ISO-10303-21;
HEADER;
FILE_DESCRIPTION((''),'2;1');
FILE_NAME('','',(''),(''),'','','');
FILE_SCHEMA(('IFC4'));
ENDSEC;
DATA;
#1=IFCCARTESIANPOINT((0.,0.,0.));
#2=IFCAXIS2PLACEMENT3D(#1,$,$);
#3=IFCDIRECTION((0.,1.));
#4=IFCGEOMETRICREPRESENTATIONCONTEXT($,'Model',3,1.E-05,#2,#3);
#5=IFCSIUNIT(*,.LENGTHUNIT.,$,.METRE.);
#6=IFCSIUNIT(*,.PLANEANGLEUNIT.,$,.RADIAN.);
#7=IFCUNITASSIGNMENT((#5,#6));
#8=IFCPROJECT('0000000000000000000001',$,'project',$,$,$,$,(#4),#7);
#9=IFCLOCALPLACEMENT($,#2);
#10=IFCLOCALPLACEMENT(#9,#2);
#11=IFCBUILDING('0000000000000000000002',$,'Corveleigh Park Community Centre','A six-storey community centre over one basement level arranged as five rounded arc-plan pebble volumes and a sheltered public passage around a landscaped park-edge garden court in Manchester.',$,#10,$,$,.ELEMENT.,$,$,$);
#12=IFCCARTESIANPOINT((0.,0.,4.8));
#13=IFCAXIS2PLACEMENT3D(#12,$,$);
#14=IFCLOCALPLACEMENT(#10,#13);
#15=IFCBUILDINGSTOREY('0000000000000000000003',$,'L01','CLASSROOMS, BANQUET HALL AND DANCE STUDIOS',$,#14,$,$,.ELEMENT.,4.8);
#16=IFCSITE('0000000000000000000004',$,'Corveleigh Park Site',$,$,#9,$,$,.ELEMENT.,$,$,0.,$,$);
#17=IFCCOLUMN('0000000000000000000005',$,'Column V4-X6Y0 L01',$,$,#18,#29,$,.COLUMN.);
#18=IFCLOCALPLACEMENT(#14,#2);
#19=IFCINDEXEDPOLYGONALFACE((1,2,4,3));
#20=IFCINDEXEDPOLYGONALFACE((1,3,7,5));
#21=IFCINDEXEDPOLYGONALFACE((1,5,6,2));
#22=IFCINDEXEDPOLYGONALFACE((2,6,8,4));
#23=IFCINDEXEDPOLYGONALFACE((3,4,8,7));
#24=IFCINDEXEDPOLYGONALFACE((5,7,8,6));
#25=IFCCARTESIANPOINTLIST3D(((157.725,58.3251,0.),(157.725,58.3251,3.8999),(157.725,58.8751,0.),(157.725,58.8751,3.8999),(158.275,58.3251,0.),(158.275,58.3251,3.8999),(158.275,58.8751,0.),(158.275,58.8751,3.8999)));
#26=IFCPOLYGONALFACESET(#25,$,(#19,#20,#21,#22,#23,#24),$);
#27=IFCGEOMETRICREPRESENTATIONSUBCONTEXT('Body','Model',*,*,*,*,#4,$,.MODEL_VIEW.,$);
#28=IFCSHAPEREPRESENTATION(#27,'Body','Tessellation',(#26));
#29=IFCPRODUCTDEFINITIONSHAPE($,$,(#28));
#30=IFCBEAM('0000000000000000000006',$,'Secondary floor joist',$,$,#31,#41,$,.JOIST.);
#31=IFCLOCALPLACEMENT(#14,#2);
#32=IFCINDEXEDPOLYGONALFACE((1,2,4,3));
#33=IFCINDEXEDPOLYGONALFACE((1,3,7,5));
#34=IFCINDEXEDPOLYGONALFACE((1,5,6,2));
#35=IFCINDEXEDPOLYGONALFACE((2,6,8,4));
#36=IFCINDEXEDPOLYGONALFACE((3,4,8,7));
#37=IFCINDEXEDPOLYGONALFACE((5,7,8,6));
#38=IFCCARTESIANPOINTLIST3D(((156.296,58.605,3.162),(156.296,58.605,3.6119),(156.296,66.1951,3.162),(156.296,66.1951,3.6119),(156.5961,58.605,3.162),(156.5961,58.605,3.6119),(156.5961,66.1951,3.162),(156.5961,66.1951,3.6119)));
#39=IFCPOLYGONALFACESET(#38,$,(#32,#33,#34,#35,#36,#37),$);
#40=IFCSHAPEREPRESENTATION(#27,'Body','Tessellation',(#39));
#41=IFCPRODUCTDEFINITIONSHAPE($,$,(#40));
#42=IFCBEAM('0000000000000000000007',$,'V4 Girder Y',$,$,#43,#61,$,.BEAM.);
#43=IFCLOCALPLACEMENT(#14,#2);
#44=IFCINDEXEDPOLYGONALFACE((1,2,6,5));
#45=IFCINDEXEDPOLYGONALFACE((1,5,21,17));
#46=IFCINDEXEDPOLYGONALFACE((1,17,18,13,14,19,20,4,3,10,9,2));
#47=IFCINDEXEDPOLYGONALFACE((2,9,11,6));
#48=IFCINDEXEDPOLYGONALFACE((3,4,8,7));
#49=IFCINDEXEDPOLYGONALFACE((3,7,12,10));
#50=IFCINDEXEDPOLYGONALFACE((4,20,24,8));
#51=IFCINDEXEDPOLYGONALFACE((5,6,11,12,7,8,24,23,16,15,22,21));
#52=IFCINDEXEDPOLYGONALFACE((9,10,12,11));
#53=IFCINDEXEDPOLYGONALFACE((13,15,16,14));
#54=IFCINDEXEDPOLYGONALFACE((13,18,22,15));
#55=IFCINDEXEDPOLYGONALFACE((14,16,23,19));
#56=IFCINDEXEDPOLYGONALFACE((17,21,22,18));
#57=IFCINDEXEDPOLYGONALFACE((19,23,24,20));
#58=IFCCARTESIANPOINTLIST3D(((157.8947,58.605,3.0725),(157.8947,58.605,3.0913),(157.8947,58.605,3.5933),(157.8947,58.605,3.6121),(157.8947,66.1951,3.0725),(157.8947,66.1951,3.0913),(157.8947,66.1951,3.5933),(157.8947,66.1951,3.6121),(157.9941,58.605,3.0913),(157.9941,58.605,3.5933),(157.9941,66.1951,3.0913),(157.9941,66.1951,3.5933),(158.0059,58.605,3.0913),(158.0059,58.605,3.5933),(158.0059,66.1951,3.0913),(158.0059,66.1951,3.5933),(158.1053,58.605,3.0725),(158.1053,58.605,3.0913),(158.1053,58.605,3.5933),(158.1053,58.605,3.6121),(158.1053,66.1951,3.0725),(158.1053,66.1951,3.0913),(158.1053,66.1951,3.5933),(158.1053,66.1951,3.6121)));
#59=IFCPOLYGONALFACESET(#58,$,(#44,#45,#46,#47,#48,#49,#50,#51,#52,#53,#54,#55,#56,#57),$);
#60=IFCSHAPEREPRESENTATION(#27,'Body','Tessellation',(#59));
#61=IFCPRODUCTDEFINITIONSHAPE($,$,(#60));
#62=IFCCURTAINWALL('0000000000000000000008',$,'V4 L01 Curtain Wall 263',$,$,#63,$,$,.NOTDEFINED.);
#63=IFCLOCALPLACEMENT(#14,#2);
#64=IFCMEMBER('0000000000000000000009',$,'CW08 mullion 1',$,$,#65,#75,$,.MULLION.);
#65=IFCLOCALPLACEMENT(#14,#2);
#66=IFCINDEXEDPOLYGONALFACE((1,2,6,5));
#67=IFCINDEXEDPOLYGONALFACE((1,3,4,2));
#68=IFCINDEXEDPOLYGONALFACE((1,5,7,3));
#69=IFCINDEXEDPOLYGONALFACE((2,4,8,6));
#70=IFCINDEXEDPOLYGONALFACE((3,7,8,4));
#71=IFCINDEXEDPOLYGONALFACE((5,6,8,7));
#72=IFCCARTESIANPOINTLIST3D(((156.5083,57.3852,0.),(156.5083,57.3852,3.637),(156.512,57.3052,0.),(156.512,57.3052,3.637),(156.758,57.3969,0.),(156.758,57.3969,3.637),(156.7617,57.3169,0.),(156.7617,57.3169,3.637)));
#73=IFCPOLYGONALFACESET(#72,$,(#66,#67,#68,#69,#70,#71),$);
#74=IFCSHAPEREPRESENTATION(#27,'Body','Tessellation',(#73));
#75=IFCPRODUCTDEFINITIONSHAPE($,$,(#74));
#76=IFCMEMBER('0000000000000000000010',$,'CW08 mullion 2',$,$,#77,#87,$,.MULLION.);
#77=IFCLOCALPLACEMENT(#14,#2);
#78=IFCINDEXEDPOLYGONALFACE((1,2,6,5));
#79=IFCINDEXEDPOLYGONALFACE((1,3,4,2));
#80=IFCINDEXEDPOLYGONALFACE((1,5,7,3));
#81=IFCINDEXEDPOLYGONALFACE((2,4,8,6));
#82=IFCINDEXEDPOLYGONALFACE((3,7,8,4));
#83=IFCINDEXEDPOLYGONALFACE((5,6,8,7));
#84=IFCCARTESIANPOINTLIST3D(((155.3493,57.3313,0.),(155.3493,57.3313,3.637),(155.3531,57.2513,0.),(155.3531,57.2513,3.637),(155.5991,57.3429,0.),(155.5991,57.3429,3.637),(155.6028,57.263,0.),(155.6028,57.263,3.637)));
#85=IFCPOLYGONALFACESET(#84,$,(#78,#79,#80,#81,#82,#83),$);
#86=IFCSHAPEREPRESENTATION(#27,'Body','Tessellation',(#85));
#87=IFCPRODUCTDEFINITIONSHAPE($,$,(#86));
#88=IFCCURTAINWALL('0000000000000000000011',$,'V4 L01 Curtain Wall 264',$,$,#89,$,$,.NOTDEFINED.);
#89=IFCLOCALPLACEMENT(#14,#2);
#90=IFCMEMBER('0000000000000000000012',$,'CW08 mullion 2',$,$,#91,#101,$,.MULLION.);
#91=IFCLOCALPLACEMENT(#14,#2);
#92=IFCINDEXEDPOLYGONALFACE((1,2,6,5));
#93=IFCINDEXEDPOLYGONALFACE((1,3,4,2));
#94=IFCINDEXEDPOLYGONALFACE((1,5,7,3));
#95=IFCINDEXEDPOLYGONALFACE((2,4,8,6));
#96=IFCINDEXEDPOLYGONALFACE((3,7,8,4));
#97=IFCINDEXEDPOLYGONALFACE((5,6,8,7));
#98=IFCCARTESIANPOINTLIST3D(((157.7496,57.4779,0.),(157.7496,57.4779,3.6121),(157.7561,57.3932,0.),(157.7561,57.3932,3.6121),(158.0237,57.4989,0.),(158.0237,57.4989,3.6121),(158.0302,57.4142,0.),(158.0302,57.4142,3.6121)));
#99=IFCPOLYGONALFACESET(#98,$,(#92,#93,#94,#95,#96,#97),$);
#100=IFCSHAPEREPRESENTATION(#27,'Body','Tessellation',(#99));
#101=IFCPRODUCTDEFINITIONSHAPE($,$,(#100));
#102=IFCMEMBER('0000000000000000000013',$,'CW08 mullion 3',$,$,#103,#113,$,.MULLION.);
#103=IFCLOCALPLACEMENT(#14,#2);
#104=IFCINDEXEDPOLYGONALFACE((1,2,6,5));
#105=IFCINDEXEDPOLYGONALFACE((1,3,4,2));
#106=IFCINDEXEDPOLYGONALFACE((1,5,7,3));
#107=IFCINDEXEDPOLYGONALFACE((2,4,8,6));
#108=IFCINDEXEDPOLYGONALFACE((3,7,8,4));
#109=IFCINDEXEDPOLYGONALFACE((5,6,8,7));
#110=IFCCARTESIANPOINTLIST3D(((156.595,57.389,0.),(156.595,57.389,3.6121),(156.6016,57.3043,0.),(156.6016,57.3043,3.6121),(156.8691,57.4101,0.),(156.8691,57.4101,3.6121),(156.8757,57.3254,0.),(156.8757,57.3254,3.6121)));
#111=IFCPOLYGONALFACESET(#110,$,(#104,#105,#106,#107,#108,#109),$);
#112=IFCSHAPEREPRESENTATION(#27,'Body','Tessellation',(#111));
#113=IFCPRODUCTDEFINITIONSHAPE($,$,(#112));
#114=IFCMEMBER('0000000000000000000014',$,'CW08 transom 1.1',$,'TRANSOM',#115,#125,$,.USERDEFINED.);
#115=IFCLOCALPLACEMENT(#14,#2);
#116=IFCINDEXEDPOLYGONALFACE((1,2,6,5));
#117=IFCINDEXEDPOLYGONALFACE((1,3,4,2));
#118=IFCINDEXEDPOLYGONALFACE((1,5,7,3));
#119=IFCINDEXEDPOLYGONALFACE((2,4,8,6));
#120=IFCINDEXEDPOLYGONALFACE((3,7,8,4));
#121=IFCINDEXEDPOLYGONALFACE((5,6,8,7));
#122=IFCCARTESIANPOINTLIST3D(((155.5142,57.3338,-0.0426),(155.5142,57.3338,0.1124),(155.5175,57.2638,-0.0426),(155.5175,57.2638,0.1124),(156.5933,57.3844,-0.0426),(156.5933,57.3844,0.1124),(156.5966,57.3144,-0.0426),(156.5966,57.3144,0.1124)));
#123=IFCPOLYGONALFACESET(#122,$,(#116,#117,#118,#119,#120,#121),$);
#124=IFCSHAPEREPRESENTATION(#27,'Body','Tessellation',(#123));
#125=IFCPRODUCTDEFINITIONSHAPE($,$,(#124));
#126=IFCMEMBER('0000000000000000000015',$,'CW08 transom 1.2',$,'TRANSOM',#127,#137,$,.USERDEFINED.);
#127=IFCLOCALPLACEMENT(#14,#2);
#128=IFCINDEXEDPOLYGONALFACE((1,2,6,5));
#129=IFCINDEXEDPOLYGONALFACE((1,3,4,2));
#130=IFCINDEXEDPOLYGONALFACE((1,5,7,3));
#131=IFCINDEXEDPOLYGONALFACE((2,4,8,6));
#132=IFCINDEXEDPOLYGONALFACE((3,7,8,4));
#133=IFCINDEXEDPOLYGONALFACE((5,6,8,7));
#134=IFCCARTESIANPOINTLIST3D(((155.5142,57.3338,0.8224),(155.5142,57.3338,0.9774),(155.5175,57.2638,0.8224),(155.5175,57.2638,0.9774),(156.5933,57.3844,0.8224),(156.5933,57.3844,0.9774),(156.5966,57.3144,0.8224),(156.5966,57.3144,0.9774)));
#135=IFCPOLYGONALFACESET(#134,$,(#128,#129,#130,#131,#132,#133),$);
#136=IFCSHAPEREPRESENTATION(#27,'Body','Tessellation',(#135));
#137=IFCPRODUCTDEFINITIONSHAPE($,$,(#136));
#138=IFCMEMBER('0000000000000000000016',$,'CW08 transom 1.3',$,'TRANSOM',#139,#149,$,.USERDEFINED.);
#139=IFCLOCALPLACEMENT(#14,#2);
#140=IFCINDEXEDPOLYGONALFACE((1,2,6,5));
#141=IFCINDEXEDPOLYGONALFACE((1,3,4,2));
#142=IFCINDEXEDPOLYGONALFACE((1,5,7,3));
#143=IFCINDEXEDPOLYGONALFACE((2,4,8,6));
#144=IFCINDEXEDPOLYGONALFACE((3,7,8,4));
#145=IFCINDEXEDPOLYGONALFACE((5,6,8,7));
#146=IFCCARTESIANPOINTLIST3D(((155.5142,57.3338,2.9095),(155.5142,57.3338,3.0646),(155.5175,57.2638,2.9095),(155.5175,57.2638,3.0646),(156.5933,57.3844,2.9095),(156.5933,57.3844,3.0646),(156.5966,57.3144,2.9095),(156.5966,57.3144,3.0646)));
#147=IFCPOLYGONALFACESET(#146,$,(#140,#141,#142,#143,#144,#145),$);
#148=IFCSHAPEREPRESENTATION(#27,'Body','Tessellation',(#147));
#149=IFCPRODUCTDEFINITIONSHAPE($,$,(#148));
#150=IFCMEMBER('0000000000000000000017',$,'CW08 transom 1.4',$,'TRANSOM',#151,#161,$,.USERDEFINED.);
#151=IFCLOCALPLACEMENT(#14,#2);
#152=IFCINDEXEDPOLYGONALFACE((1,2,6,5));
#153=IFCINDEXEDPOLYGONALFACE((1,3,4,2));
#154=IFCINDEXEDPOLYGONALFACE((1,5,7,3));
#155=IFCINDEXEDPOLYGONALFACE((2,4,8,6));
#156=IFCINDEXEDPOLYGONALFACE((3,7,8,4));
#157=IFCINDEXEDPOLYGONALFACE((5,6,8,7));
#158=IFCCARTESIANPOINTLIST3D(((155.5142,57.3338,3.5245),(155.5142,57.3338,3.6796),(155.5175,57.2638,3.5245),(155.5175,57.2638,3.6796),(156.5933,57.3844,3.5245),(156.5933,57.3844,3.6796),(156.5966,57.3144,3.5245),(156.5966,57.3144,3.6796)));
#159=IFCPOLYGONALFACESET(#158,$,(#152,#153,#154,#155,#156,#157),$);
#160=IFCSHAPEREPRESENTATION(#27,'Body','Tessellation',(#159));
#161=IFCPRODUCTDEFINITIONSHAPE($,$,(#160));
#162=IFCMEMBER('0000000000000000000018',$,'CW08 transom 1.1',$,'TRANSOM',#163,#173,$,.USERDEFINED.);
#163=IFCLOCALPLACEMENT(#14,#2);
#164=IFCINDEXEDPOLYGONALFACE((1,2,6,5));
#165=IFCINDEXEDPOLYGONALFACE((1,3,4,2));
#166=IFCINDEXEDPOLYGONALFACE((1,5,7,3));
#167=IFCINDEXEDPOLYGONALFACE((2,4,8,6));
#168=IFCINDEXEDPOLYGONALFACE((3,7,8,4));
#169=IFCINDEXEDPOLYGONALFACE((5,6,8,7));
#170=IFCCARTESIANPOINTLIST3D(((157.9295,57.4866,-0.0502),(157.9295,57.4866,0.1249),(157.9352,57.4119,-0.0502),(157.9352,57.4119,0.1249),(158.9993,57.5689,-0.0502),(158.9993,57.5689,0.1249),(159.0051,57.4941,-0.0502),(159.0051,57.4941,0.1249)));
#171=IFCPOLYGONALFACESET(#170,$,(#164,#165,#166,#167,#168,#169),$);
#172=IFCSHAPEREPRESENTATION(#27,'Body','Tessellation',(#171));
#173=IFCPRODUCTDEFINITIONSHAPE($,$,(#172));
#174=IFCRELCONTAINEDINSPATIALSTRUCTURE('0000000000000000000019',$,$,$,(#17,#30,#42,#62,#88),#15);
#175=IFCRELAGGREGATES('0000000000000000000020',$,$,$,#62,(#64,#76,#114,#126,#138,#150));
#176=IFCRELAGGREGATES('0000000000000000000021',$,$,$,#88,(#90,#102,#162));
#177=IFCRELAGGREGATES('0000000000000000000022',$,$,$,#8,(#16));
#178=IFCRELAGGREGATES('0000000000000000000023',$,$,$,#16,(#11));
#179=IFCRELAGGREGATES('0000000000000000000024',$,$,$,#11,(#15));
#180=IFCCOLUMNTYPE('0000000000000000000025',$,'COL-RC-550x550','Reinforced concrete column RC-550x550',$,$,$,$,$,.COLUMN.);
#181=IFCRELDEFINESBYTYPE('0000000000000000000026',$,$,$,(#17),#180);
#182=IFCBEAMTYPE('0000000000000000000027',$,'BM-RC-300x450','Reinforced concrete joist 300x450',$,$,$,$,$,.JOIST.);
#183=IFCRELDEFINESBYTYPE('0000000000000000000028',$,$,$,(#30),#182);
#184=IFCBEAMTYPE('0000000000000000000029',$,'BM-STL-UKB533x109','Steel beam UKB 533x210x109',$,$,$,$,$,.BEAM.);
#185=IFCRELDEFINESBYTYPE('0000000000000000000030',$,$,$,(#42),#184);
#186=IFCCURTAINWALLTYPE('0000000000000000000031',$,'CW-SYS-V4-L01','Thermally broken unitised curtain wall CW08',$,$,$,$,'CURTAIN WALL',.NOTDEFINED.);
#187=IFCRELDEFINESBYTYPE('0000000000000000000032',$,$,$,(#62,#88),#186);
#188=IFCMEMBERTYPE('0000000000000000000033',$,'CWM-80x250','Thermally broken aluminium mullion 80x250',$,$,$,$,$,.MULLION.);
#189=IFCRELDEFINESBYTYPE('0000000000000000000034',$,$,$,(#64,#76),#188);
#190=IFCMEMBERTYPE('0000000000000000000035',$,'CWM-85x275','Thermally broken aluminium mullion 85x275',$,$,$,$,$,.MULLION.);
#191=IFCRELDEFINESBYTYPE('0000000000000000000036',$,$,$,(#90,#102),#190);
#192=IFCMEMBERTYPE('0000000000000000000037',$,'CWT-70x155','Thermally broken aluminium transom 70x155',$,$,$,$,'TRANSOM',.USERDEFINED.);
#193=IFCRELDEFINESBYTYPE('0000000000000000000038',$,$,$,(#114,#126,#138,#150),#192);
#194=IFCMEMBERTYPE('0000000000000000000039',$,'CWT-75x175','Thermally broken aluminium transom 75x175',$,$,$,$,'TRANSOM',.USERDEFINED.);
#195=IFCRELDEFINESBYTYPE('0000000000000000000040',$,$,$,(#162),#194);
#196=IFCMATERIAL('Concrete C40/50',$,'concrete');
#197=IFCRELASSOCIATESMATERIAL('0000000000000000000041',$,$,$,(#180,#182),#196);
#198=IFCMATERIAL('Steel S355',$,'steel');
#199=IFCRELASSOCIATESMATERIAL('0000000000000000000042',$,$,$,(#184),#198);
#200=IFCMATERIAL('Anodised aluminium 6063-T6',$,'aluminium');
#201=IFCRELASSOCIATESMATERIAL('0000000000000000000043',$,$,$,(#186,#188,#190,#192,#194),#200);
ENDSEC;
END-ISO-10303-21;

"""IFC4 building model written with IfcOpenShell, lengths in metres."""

from ifc_helpers import new_model, si_unit, direction, frame, origin, origin_2d, place, context, subcontext, project, spatial, rectangle, i_section, extrude, material, material_profile, profile_set, type_object, element, aggregate, save


model = new_model("IFC4")

# Units and contexts
model_context = context("Model", 3, precision=1e-05, world=origin(), true_north=direction((0.0, 1.0)))
body_context = subcontext(model_context, "Body", "Model", "MODEL_VIEW")
ifc_project = project(units=[si_unit("LENGTHUNIT", "METRE"), si_unit("PLANEANGLEUNIT", "RADIAN")], contexts=[model_context])

# Site, building, storey
site_placement = place(None, origin())
site = spatial("IfcSite", under=ifc_project, at=site_placement, Name="Corveleigh Park Site", CompositionType="ELEMENT", RefElevation=0.0)
building_placement = place(site_placement, origin())
building = spatial("IfcBuilding", under=site, at=building_placement, Name="Corveleigh Park Community Centre", Description="A six-storey community centre over one basement level arranged as five rounded arc-plan pebble volumes and a sheltered public passage around a landscaped park-edge garden court in Manchester.", CompositionType="ELEMENT")
storey_placement = place(building_placement, frame((0.0, 0.0, 4.8)))
storey = spatial("IfcBuildingStorey", under=building, at=storey_placement, Name="L01", Description="CLASSROOMS, BANQUET HALL AND DANCE STUDIOS", CompositionType="ELEMENT", Elevation=4.8)

# Column
ifc_material_1 = material(Name="Concrete C40/50", Category="concrete")
ifc_material_profile_1 = material_profile(ifc_material_1, rectangle(XDim=0.55, YDim=0.55, at=origin_2d()), Name="RC-550x550", Category="concrete")
ifc_profile_set_1 = profile_set([ifc_material_profile_1], Name="Concrete C40/50")
column_type = type_object("IfcColumnType", Name="COL-RC-550x550", Description="Reinforced concrete column RC-550x550", PredefinedType="COLUMN", material=ifc_profile_set_1)
column_placement = place(storey_placement, frame((158.0, 58.6001, 0.0), z_axis=(0.0, 0.0, 1.0), x_axis=(1.0, 0.0, 0.0)))
element("IfcColumn", 1, at=column_placement, inside=storey, type_object=column_type, Name="Column V4-X6Y0 L01", PredefinedType="COLUMN", context=body_context, shape_type="SweptSolid", body=[
    extrude(rectangle(XDim=0.55, YDim=0.55, at=origin_2d()), origin(), (0.0, 0.0, 1.0), 3.8999),
])

# Beams
ifc_material_profile_2 = material_profile(ifc_material_1, rectangle(XDim=0.3, YDim=0.45, at=origin_2d()), Name="RC-300x450", Category="concrete")
ifc_profile_set_2 = profile_set([ifc_material_profile_2], Name="Concrete C40/50")
beam_type_1 = type_object("IfcBeamType", Name="BM-RC-300x450", Description="Reinforced concrete joist 300x450", PredefinedType="JOIST", material=ifc_profile_set_2)
beam_1_placement = place(storey_placement, frame((156.446, 58.605, 3.387), z_axis=(0.0, 1.0, 0.0), x_axis=(-1.0, 0.0, 0.0)))
element("IfcBeam", 2, at=beam_1_placement, inside=storey, type_object=beam_type_1, Name="Secondary floor joist", PredefinedType="JOIST", context=body_context, shape_type="SweptSolid", body=[
    extrude(rectangle(XDim=0.3, YDim=0.45, at=origin_2d()), origin(), (0.0, 0.0, 1.0), 7.5901),
])
ifc_material_2 = material(Name="Steel S355", Category="steel")
ifc_material_profile_3 = material_profile(ifc_material_2, i_section(OverallWidth=0.2107, OverallDepth=0.5396, WebThickness=0.0117, FlangeThickness=0.0188, at=origin_2d()), Name="UKB 533x210x109", Category="steel")
ifc_profile_set_3 = profile_set([ifc_material_profile_3], Name="Steel S355")
beam_type_2 = type_object("IfcBeamType", Name="BM-STL-UKB533x109", Description="Steel beam UKB 533x210x109", PredefinedType="BEAM", material=ifc_profile_set_3)
beam_2_placement = place(storey_placement, frame((158.0, 58.605, 3.3423), z_axis=(0.0, 1.0, 0.0), x_axis=(-1.0, 0.0, 0.0)))
element("IfcBeam", 3, at=beam_2_placement, inside=storey, type_object=beam_type_2, Name="V4 Girder Y", PredefinedType="BEAM", context=body_context, shape_type="SweptSolid", body=[
    extrude(i_section(OverallWidth=0.2107, OverallDepth=0.5396, WebThickness=0.0117, FlangeThickness=0.0188, at=origin_2d()), origin(), (0.0, 0.0, 1.0), 7.5901),
])

# Curtain walls, members
ifc_material_3 = material(Name="Anodised aluminium 6063-T6", Category="aluminium")
curtain_wall_type = type_object("IfcCurtainWallType", Name="CW-SYS-V4-L01", Description="Thermally broken unitised curtain wall CW08", ElementType="CURTAIN WALL", PredefinedType="NOTDEFINED", material=ifc_material_3)
curtain_wall_1_placement = place(storey_placement, origin())
curtain_wall_1 = element("IfcCurtainWall", 4, at=curtain_wall_1_placement, inside=storey, type_object=curtain_wall_type, Name="V4 L01 Curtain Wall 263", PredefinedType="NOTDEFINED")
ifc_material_profile_4 = material_profile(ifc_material_3, rectangle(XDim=0.0801, YDim=0.25, at=origin_2d()), Name="ALU-M80x250", Category="aluminium")
ifc_profile_set_4 = profile_set([ifc_material_profile_4], Name="Anodised aluminium 6063-T6")
member_type_1 = type_object("IfcMemberType", Name="CWM-80x250", Description="Thermally broken aluminium mullion 80x250", PredefinedType="MULLION", material=ifc_profile_set_4)
member_1_placement = place(storey_placement, frame((156.635, 57.3511, 0.0), z_axis=(0.0, 0.0, 1.0), x_axis=(0.046655, -0.998911, 0.0)))
member_1 = element("IfcMember", 5, at=member_1_placement, type_object=member_type_1, Name="CW08 mullion 1", PredefinedType="MULLION", context=body_context, shape_type="SweptSolid", body=[
    extrude(rectangle(XDim=0.0801, YDim=0.25, at=origin_2d()), origin(), (0.0, 0.0, 1.0), 3.637),
])
member_2_placement = place(storey_placement, frame((155.4761, 57.2971, 0.0), z_axis=(0.0, 0.0, 1.0), x_axis=(0.046655, -0.998911, 0.0)))
member_2 = element("IfcMember", 6, at=member_2_placement, type_object=member_type_1, Name="CW08 mullion 2", PredefinedType="MULLION", context=body_context, shape_type="SweptSolid", body=[
    extrude(rectangle(XDim=0.0801, YDim=0.25, at=origin_2d()), origin(), (0.0, 0.0, 1.0), 3.637),
])
curtain_wall_2_placement = place(storey_placement, origin())
curtain_wall_2 = element("IfcCurtainWall", 7, at=curtain_wall_2_placement, inside=storey, type_object=curtain_wall_type, Name="V4 L01 Curtain Wall 264", PredefinedType="NOTDEFINED")
ifc_material_profile_5 = material_profile(ifc_material_3, rectangle(XDim=0.085, YDim=0.2749, at=origin_2d()), Name="ALU-M85x275", Category="aluminium")
ifc_profile_set_5 = profile_set([ifc_material_profile_5], Name="Anodised aluminium 6063-T6")
member_type_2 = type_object("IfcMemberType", Name="CWM-85x275", Description="Thermally broken aluminium mullion 85x275", PredefinedType="MULLION", material=ifc_profile_set_5)
member_3_placement = place(storey_placement, frame((157.8899, 57.446, 0.0), z_axis=(0.0, 0.0, 1.0), x_axis=(0.076633, -0.997059, 0.0)))
member_3 = element("IfcMember", 8, at=member_3_placement, type_object=member_type_2, Name="CW08 mullion 2", PredefinedType="MULLION", context=body_context, shape_type="SweptSolid", body=[
    extrude(rectangle(XDim=0.085, YDim=0.2749, at=origin_2d()), origin(), (0.0, 0.0, 1.0), 3.6121),
])
member_4_placement = place(storey_placement, frame((156.7354, 57.3572, 0.0), z_axis=(0.0, 0.0, 1.0), x_axis=(0.076633, -0.997059, 0.0)))
member_4 = element("IfcMember", 9, at=member_4_placement, type_object=member_type_2, Name="CW08 mullion 3", PredefinedType="MULLION", context=body_context, shape_type="SweptSolid", body=[
    extrude(rectangle(XDim=0.085, YDim=0.2749, at=origin_2d()), origin(), (0.0, 0.0, 1.0), 3.6121),
])

# Members
ifc_material_profile_6 = material_profile(ifc_material_3, rectangle(XDim=0.0701, YDim=0.155, at=origin_2d()), Name="ALU-T70x155", Category="aluminium")
ifc_profile_set_6 = profile_set([ifc_material_profile_6], Name="Anodised aluminium 6063-T6")
member_type_3 = type_object("IfcMemberType", Name="CWT-70x155", Description="Thermally broken aluminium transom 70x155", ElementType="TRANSOM", PredefinedType="USERDEFINED", material=ifc_profile_set_6)
member_5_placement = place(storey_placement, frame((156.595, 57.3494, 0.0349), z_axis=(-0.998905, -0.046781, 0.0), x_axis=(0.046781, -0.998905, 0.0)))
member_5 = element("IfcMember", 10, at=member_5_placement, type_object=member_type_3, Name="CW08 transom 1.1", ObjectType="TRANSOM", PredefinedType="USERDEFINED", context=body_context, shape_type="SweptSolid", body=[
    extrude(rectangle(XDim=0.0701, YDim=0.155, at=origin_2d()), origin(), (0.0, 0.0, 1.0), 1.0803),
])
member_6_placement = place(storey_placement, frame((156.595, 57.3494, 0.8999), z_axis=(-0.998905, -0.046781, 0.0), x_axis=(0.046781, -0.998905, 0.0)))
member_6 = element("IfcMember", 11, at=member_6_placement, type_object=member_type_3, Name="CW08 transom 1.2", ObjectType="TRANSOM", PredefinedType="USERDEFINED", context=body_context, shape_type="SweptSolid", body=[
    extrude(rectangle(XDim=0.0701, YDim=0.155, at=origin_2d()), origin(), (0.0, 0.0, 1.0), 1.0803),
])
member_7_placement = place(storey_placement, frame((156.595, 57.3494, 2.9871), z_axis=(-0.998905, -0.046781, 0.0), x_axis=(0.046781, -0.998905, 0.0)))
member_7 = element("IfcMember", 12, at=member_7_placement, type_object=member_type_3, Name="CW08 transom 1.3", ObjectType="TRANSOM", PredefinedType="USERDEFINED", context=body_context, shape_type="SweptSolid", body=[
    extrude(rectangle(XDim=0.0701, YDim=0.155, at=origin_2d()), origin(), (0.0, 0.0, 1.0), 1.0803),
])
member_8_placement = place(storey_placement, frame((156.595, 57.3494, 3.6021), z_axis=(-0.998905, -0.046781, 0.0), x_axis=(0.046781, -0.998905, 0.0)))
member_8 = element("IfcMember", 13, at=member_8_placement, type_object=member_type_3, Name="CW08 transom 1.4", ObjectType="TRANSOM", PredefinedType="USERDEFINED", context=body_context, shape_type="SweptSolid", body=[
    extrude(rectangle(XDim=0.0701, YDim=0.155, at=origin_2d()), origin(), (0.0, 0.0, 1.0), 1.0803),
])
ifc_material_profile_7 = material_profile(ifc_material_3, rectangle(XDim=0.075, YDim=0.175, at=origin_2d()), Name="ALU-T75x175", Category="aluminium")
ifc_profile_set_7 = profile_set([ifc_material_profile_7], Name="Anodised aluminium 6063-T6")
member_type_4 = type_object("IfcMemberType", Name="CWT-75x175", Description="Thermally broken aluminium transom 75x175", ElementType="TRANSOM", PredefinedType="USERDEFINED", material=ifc_profile_set_7)
member_9_placement = place(storey_placement, frame((159.0022, 57.5315, 0.0374), z_axis=(-0.997056, -0.076679, 0.0), x_axis=(0.076679, -0.997056, 0.0)))
member_9 = element("IfcMember", 14, at=member_9_placement, type_object=member_type_4, Name="CW08 transom 1.1", ObjectType="TRANSOM", PredefinedType="USERDEFINED", context=body_context, shape_type="SweptSolid", body=[
    extrude(rectangle(XDim=0.075, YDim=0.175, at=origin_2d()), origin(), (0.0, 0.0, 1.0), 1.073),
])

aggregate(curtain_wall_1, [member_1, member_2, member_5, member_6, member_7, member_8])
aggregate(curtain_wall_2, [member_3, member_4, member_9])

save(model, "model.ifc")
